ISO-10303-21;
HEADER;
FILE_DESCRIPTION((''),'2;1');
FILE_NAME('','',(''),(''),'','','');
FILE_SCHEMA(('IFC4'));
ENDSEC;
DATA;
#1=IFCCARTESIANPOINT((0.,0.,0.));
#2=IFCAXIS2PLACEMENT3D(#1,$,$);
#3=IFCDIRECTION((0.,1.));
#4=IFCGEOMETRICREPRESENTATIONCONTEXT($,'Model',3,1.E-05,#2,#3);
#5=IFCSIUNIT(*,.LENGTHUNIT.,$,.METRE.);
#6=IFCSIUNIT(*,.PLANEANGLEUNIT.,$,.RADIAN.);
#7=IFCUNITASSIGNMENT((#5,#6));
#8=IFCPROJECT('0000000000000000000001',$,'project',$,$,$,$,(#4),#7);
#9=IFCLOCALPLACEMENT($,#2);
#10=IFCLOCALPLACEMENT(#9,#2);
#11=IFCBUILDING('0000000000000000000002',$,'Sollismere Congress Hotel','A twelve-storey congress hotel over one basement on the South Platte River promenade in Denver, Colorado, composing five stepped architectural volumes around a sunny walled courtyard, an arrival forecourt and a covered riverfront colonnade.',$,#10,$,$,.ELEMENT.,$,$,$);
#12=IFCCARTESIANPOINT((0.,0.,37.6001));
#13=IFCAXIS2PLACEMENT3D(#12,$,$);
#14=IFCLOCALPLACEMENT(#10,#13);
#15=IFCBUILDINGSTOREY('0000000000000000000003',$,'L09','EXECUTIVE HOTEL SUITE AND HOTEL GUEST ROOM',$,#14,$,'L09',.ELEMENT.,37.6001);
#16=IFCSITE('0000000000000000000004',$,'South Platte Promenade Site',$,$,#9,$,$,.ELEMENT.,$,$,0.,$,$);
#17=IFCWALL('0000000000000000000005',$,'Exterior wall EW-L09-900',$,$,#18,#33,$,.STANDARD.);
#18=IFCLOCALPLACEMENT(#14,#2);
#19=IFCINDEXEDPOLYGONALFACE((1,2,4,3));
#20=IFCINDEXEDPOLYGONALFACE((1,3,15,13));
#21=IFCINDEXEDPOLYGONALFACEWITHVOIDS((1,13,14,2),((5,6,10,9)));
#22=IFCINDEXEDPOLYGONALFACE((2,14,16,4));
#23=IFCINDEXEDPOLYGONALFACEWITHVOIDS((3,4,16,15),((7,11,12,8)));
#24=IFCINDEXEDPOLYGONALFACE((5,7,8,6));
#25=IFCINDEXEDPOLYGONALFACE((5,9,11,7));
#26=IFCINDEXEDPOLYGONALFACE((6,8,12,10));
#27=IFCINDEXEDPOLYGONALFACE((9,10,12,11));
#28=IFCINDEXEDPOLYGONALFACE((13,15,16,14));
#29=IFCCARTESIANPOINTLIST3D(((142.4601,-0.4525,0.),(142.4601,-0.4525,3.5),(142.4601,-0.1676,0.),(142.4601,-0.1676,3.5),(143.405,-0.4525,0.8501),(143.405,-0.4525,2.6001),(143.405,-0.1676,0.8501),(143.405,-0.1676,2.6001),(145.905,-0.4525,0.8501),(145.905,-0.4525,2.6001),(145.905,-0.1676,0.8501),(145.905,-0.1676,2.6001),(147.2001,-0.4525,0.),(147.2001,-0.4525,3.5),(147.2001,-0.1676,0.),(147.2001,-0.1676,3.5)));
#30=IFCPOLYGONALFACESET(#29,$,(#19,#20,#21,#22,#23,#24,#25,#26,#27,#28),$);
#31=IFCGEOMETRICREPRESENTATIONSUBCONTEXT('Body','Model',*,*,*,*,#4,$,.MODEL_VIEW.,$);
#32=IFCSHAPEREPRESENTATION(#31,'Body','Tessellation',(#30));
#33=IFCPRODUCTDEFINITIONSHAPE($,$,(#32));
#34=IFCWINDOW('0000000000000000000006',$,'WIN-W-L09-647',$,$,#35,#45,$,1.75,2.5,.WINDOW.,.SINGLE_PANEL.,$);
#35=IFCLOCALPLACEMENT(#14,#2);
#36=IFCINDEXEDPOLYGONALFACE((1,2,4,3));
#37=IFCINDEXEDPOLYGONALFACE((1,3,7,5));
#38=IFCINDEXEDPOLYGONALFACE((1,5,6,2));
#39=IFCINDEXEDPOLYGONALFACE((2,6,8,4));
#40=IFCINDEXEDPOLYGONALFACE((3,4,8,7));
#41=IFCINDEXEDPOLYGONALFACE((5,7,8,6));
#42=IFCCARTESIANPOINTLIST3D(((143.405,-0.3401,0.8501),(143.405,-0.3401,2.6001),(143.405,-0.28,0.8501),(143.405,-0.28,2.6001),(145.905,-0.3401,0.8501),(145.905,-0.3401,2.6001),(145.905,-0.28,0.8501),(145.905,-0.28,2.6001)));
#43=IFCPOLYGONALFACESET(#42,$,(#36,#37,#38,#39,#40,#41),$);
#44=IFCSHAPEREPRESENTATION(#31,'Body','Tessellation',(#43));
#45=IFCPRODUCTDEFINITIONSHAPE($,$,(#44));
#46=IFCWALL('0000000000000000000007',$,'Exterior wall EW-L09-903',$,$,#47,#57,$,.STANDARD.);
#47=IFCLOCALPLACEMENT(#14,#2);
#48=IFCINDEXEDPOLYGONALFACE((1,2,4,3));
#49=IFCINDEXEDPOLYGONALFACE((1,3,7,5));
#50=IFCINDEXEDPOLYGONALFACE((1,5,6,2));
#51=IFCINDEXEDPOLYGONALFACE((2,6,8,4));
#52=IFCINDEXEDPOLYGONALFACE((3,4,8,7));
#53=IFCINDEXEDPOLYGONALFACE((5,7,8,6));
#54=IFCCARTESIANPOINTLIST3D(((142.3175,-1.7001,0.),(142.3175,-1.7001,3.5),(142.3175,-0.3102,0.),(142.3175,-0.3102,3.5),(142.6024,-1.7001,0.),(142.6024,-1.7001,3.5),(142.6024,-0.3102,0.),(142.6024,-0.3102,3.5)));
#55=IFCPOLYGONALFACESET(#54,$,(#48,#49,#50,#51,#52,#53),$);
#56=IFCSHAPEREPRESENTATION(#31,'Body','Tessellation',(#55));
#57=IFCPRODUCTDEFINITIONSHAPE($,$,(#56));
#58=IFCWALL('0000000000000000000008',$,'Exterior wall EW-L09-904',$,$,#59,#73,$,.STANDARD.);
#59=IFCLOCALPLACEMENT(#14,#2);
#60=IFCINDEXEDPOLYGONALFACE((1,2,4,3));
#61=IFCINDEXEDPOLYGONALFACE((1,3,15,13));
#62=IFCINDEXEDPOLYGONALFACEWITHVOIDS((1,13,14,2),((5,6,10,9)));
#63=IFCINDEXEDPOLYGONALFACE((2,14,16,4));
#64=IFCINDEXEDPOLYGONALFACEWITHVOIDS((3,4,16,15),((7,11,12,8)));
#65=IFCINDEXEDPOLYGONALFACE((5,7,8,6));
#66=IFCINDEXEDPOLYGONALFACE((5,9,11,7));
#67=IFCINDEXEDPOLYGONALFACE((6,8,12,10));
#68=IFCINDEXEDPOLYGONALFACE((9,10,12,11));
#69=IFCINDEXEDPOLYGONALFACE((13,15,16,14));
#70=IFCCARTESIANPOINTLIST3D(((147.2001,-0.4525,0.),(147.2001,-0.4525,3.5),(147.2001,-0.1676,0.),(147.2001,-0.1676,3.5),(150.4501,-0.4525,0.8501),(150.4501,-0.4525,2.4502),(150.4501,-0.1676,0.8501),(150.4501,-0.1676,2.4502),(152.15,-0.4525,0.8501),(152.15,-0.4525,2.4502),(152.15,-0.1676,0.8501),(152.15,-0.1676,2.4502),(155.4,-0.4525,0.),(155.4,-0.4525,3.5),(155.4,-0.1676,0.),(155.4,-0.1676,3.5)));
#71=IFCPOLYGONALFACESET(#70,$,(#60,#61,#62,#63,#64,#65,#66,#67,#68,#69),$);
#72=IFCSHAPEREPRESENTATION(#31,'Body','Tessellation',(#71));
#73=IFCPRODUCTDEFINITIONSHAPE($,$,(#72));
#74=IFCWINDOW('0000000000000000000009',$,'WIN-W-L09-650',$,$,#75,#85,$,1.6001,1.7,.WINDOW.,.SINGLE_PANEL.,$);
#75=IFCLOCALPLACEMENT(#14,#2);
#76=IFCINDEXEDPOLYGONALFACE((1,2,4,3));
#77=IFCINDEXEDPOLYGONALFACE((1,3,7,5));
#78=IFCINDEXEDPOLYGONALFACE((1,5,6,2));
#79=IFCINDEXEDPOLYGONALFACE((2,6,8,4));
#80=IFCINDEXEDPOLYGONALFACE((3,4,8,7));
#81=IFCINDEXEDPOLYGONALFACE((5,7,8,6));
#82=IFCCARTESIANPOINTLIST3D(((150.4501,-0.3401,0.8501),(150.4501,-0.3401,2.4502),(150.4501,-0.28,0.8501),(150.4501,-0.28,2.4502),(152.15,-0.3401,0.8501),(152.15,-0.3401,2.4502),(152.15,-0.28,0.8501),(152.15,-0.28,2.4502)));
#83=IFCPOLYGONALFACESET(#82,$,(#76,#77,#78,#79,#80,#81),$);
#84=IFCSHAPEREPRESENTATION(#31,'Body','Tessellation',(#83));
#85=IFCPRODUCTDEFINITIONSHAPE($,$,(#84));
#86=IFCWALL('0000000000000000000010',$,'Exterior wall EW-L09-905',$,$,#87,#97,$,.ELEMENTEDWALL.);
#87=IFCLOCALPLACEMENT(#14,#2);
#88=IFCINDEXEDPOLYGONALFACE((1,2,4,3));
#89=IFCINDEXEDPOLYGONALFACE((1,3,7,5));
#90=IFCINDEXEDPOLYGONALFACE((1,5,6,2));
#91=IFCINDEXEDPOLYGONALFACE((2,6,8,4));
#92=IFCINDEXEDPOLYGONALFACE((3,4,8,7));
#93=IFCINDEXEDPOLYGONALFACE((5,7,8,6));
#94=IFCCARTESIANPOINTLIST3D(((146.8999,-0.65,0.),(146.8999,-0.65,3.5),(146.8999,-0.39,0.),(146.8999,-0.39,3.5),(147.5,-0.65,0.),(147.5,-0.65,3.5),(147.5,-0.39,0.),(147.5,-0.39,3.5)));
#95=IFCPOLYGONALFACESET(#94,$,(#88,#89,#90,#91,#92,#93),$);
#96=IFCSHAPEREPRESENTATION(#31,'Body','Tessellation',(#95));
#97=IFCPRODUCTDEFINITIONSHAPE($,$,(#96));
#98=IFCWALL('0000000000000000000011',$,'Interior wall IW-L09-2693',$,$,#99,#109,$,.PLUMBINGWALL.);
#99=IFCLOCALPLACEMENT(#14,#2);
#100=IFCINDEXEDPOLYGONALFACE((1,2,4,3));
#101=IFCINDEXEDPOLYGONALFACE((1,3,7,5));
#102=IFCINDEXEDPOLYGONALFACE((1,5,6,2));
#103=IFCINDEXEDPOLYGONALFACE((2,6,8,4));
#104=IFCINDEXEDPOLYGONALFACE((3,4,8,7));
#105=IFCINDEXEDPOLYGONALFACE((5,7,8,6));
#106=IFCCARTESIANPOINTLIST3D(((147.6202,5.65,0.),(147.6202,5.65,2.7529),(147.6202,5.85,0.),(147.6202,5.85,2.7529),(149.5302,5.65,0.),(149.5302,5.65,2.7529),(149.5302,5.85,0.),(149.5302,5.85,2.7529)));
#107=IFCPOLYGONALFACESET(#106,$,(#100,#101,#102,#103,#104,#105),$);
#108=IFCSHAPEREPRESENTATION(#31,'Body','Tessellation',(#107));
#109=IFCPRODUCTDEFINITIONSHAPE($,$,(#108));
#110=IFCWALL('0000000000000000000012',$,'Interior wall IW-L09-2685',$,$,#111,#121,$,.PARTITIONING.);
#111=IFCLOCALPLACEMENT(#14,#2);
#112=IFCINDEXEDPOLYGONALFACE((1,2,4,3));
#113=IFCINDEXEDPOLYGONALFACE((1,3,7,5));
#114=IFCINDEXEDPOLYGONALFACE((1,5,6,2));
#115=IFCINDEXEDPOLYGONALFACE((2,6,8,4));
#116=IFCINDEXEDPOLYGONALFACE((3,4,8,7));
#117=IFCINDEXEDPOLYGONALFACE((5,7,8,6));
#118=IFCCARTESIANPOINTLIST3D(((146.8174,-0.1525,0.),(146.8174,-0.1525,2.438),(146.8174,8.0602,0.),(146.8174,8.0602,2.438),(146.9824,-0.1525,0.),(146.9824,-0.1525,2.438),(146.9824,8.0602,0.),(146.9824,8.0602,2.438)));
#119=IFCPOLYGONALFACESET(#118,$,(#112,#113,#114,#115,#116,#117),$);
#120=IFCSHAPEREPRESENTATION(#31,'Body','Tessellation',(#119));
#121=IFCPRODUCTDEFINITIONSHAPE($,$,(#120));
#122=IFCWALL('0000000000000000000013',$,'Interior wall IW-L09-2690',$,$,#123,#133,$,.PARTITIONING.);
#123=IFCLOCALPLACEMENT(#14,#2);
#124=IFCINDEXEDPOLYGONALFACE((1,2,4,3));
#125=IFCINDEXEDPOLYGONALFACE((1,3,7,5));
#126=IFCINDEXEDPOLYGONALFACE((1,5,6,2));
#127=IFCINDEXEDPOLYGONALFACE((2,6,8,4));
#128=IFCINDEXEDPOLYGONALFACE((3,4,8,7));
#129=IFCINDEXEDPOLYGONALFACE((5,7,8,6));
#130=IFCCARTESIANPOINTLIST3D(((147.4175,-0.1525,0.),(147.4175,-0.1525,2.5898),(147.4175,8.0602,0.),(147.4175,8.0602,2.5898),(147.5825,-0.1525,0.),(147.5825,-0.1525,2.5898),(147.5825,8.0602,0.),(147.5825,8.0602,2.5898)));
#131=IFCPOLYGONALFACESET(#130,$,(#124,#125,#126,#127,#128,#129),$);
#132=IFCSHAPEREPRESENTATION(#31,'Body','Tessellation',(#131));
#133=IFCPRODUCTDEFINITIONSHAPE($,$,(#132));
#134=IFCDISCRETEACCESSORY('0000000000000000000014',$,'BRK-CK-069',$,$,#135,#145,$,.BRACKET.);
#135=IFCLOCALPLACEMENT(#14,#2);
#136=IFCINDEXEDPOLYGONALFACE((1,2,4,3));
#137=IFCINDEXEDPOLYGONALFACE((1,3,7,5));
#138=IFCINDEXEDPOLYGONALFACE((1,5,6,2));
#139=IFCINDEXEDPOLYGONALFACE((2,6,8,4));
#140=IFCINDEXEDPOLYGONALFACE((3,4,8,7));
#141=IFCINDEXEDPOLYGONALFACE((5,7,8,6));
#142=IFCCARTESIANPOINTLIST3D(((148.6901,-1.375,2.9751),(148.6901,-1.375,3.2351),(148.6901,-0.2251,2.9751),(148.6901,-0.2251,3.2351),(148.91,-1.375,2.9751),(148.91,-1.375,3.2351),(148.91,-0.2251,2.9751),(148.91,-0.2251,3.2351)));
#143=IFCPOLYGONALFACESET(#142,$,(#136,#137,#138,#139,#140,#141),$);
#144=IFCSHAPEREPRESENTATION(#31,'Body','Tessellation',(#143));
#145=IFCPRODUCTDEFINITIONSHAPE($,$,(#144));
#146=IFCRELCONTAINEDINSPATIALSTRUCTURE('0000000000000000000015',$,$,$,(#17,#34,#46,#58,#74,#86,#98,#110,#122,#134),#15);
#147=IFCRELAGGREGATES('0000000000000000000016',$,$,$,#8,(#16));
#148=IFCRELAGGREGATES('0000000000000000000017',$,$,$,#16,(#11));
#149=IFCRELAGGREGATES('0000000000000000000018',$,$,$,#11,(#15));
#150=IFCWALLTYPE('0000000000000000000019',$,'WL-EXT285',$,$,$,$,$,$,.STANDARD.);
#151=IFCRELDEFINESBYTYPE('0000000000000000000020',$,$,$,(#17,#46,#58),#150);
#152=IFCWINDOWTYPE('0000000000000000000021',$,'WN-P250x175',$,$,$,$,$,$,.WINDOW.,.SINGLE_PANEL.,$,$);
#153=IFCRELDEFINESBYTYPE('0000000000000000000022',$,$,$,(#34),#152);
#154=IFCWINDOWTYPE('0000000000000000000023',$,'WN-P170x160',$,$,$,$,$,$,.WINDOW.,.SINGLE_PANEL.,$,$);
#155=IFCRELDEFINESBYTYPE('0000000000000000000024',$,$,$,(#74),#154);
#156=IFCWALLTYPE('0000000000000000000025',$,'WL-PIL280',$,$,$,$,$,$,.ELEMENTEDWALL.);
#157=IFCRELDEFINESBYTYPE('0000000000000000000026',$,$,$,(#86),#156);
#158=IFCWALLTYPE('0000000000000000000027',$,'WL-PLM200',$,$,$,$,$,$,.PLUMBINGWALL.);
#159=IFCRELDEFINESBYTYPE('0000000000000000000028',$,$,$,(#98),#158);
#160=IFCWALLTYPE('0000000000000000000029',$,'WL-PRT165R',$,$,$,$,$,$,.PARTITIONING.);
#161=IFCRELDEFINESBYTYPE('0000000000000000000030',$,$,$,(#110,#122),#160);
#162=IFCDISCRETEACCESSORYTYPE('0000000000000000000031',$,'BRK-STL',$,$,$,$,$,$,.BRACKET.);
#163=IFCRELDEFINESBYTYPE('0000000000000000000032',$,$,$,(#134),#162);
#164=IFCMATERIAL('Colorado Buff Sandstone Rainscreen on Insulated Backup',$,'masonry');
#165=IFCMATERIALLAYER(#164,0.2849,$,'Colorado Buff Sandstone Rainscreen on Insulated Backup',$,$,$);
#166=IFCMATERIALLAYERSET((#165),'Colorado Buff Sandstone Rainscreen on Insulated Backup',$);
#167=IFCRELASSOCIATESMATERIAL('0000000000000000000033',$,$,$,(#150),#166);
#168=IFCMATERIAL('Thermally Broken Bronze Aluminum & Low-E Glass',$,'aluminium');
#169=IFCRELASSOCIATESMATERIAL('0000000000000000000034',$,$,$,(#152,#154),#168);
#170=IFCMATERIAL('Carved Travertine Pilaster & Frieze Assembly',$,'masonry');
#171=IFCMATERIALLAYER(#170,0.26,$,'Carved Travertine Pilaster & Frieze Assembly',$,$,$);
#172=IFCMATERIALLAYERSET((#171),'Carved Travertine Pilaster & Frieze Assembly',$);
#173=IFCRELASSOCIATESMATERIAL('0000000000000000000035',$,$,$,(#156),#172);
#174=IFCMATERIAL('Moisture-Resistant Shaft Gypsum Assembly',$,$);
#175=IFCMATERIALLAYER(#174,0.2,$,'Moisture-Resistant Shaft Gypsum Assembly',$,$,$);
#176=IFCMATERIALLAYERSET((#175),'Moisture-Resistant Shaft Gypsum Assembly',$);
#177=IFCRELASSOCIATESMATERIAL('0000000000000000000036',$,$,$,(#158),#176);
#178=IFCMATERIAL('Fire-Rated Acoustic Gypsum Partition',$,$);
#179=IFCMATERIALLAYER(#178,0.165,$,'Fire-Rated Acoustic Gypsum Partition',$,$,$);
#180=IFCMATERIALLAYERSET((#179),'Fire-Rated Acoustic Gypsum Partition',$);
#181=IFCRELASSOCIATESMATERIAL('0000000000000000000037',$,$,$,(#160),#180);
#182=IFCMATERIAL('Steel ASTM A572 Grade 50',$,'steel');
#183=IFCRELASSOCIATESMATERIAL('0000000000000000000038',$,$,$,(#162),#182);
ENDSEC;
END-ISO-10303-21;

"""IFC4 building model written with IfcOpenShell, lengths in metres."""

from ifc_helpers import new_model, si_unit, direction, frame, frame_2d, origin, origin_2d, place, context, subcontext, project, spatial, rectangle, extrude, material, layer, layer_set, type_object, element, fill, save


model = new_model("IFC4")

# Units and contexts
model_context = context("Model", 3, precision=1e-05, world=origin(), true_north=direction((0.0, 1.0)))
body_context = subcontext(model_context, "Body", "Model", "MODEL_VIEW")
ifc_project = project(units=[si_unit("LENGTHUNIT", "METRE"), si_unit("PLANEANGLEUNIT", "RADIAN")], contexts=[model_context])

# Site, building, storey
site_placement = place(None, origin())
site = spatial("IfcSite", under=ifc_project, at=site_placement, Name="South Platte Promenade Site", CompositionType="ELEMENT", RefElevation=0.0)
building_placement = place(site_placement, origin())
building = spatial("IfcBuilding", under=site, at=building_placement, Name="Sollismere Congress Hotel", Description="A twelve-storey congress hotel over one basement on the South Platte River promenade in Denver, Colorado, composing five stepped architectural volumes around a sunny walled courtyard, an arrival forecourt and a covered riverfront colonnade.", CompositionType="ELEMENT")
storey_placement = place(building_placement, frame((0.0, 0.0, 37.6001)))
storey = spatial("IfcBuildingStorey", under=building, at=storey_placement, Name="L09", Description="EXECUTIVE HOTEL SUITE AND HOTEL GUEST ROOM", LongName="L09", CompositionType="ELEMENT", Elevation=37.6001)

# Wall, opening, window
ifc_material_1 = material(Name="Colorado Buff Sandstone Rainscreen on Insulated Backup", Category="masonry")
ifc_layer_1 = layer(ifc_material_1, 0.2849, Name="Colorado Buff Sandstone Rainscreen on Insulated Backup")
ifc_layer_set_1 = layer_set([ifc_layer_1], Name="Colorado Buff Sandstone Rainscreen on Insulated Backup")
wall_type_1 = type_object("IfcWallType", Name="WL-EXT285", PredefinedType="STANDARD", material=ifc_layer_set_1)
wall_1_placement = place(storey_placement, frame((142.46, -0.3101, 0.0), z_axis=(0.0, 0.0, 1.0), x_axis=(1.0, 0.0, 0.0)))
wall_1 = element("IfcWall", 1, at=wall_1_placement, inside=storey, type_object=wall_type_1, Name="Exterior wall EW-L09-900", PredefinedType="STANDARD", context=body_context, shape_type="SweptSolid", body=[
    extrude(rectangle(XDim=4.74, YDim=0.2849, at=frame_2d((2.3701, 0.0))), origin(), (0.0, 0.0, 1.0), 3.5),
])
opening_1_placement = place(wall_1_placement, frame((0.9451, 0.0, 0.8501)))
opening_1 = element("IfcOpeningElement", 2, at=opening_1_placement, cuts=wall_1, PredefinedType="OPENING", context=body_context, shape_type="SweptSolid", body=[
    extrude(rectangle(XDim=2.5, YDim=1.75, at=frame_2d((1.25, 0.875))), frame((0.0, 0.1523, 0.0), z_axis=(0.0, -1.0, 0.0), x_axis=(1.0, 0.0, 0.0)), (0.0, 0.0, 1.0), 0.3049),
])
ifc_material_2 = material(Name="Thermally Broken Bronze Aluminum & Low-E Glass", Category="aluminium")
window_type_1 = type_object("IfcWindowType", Name="WN-P250x175", PartitioningType="SINGLE_PANEL", PredefinedType="WINDOW", material=ifc_material_2)
window_1_placement = place(opening_1_placement, origin())
window_1 = element("IfcWindow", 3, at=window_1_placement, inside=storey, type_object=window_type_1, Name="WIN-W-L09-647", OverallHeight=1.75, OverallWidth=2.5, PartitioningType="SINGLE_PANEL", PredefinedType="WINDOW", context=body_context, shape_type="SweptSolid", body=[
    extrude(rectangle(XDim=2.5, YDim=1.75, at=frame_2d((1.25, 0.875))), frame((0.0, 0.03, 0.0), z_axis=(0.0, -1.0, 0.0), x_axis=(1.0, 0.0, 0.0)), (0.0, 0.0, 1.0), 0.0601),
])
fill(opening_1, window_1)

# Wall
wall_2_placement = place(storey_placement, frame((142.46, -1.7, 0.0), z_axis=(0.0, 0.0, 1.0), x_axis=(0.0, 1.0, 0.0)))
element("IfcWall", 4, at=wall_2_placement, inside=storey, type_object=wall_type_1, Name="Exterior wall EW-L09-903", PredefinedType="STANDARD", context=body_context, shape_type="SweptSolid", body=[
    extrude(rectangle(XDim=1.3899, YDim=0.2849, at=frame_2d((0.6948, 0.0))), origin(), (0.0, 0.0, 1.0), 3.5),
])

# Wall, opening, window
wall_3_placement = place(storey_placement, frame((147.2, -0.3101, 0.0), z_axis=(0.0, 0.0, 1.0), x_axis=(1.0, 0.0, 0.0)))
wall_3 = element("IfcWall", 5, at=wall_3_placement, inside=storey, type_object=wall_type_1, Name="Exterior wall EW-L09-904", PredefinedType="STANDARD", context=body_context, shape_type="SweptSolid", body=[
    extrude(rectangle(XDim=8.2, YDim=0.2849, at=frame_2d((4.1001, 0.0))), origin(), (0.0, 0.0, 1.0), 3.5),
])
opening_2_placement = place(wall_3_placement, frame((3.25, 0.0, 0.8501)))
opening_2 = element("IfcOpeningElement", 6, at=opening_2_placement, cuts=wall_3, PredefinedType="OPENING", context=body_context, shape_type="SweptSolid", body=[
    extrude(rectangle(XDim=1.7, YDim=1.6001, at=frame_2d((0.8501, 0.8))), frame((0.0, 0.1523, 0.0), z_axis=(0.0, -1.0, 0.0), x_axis=(1.0, 0.0, 0.0)), (0.0, 0.0, 1.0), 0.3049),
])
window_type_2 = type_object("IfcWindowType", Name="WN-P170x160", PartitioningType="SINGLE_PANEL", PredefinedType="WINDOW", material=ifc_material_2)
window_2_placement = place(opening_2_placement, origin())
window_2 = element("IfcWindow", 7, at=window_2_placement, inside=storey, type_object=window_type_2, Name="WIN-W-L09-650", OverallHeight=1.6001, OverallWidth=1.7, PartitioningType="SINGLE_PANEL", PredefinedType="WINDOW", context=body_context, shape_type="SweptSolid", body=[
    extrude(rectangle(XDim=1.7, YDim=1.6001, at=frame_2d((0.8501, 0.8))), frame((0.0, 0.03, 0.0), z_axis=(0.0, -1.0, 0.0), x_axis=(1.0, 0.0, 0.0)), (0.0, 0.0, 1.0), 0.0601),
])
fill(opening_2, window_2)

# Walls
ifc_material_3 = material(Name="Carved Travertine Pilaster & Frieze Assembly", Category="masonry")
ifc_layer_2 = layer(ifc_material_3, 0.26, Name="Carved Travertine Pilaster & Frieze Assembly")
ifc_layer_set_2 = layer_set([ifc_layer_2], Name="Carved Travertine Pilaster & Frieze Assembly")
wall_type_2 = type_object("IfcWallType", Name="WL-PIL280", PredefinedType="ELEMENTEDWALL", material=ifc_layer_set_2)
wall_4_placement = place(storey_placement, frame((146.8999, -0.52, 0.0), z_axis=(0.0, 0.0, 1.0), x_axis=(1.0, 0.0, 0.0)))
element("IfcWall", 8, at=wall_4_placement, inside=storey, type_object=wall_type_2, Name="Exterior wall EW-L09-905", PredefinedType="ELEMENTEDWALL", context=body_context, shape_type="SweptSolid", body=[
    extrude(rectangle(XDim=0.6001, YDim=0.26, at=frame_2d((0.3, 0.0))), origin(), (0.0, 0.0, 1.0), 3.5),
])
ifc_material_4 = material(Name="Moisture-Resistant Shaft Gypsum Assembly")
ifc_layer_3 = layer(ifc_material_4, 0.2, Name="Moisture-Resistant Shaft Gypsum Assembly")
ifc_layer_set_3 = layer_set([ifc_layer_3], Name="Moisture-Resistant Shaft Gypsum Assembly")
wall_type_3 = type_object("IfcWallType", Name="WL-PLM200", PredefinedType="PLUMBINGWALL", material=ifc_layer_set_3)
wall_5_placement = place(storey_placement, frame((147.6201, 5.75, 0.0), z_axis=(0.0, 0.0, 1.0), x_axis=(1.0, 0.0, 0.0)))
element("IfcWall", 9, at=wall_5_placement, inside=storey, type_object=wall_type_3, Name="Interior wall IW-L09-2693", PredefinedType="PLUMBINGWALL", context=body_context, shape_type="SweptSolid", body=[
    extrude(rectangle(XDim=1.9099, YDim=0.2, at=frame_2d((0.9551, 0.0))), origin(), (0.0, 0.0, 1.0), 2.7529),
])
ifc_material_5 = material(Name="Fire-Rated Acoustic Gypsum Partition")
ifc_layer_4 = layer(ifc_material_5, 0.165, Name="Fire-Rated Acoustic Gypsum Partition")
ifc_layer_set_4 = layer_set([ifc_layer_4], Name="Fire-Rated Acoustic Gypsum Partition")
wall_type_4 = type_object("IfcWallType", Name="WL-PRT165R", PredefinedType="PARTITIONING", material=ifc_layer_set_4)
wall_6_placement = place(storey_placement, frame((146.8999, -0.1526, 0.0), z_axis=(0.0, 0.0, 1.0), x_axis=(0.0, 1.0, 0.0)))
element("IfcWall", 10, at=wall_6_placement, inside=storey, type_object=wall_type_4, Name="Interior wall IW-L09-2685", PredefinedType="PARTITIONING", context=body_context, shape_type="SweptSolid", body=[
    extrude(rectangle(XDim=8.2126, YDim=0.165, at=frame_2d((4.1064, 0.0))), origin(), (0.0, 0.0, 1.0), 2.438),
])
wall_7_placement = place(storey_placement, frame((147.5, -0.1526, 0.0), z_axis=(0.0, 0.0, 1.0), x_axis=(0.0, 1.0, 0.0)))
element("IfcWall", 11, at=wall_7_placement, inside=storey, type_object=wall_type_4, Name="Interior wall IW-L09-2690", PredefinedType="PARTITIONING", context=body_context, shape_type="SweptSolid", body=[
    extrude(rectangle(XDim=8.2126, YDim=0.165, at=frame_2d((4.1064, 0.0))), origin(), (0.0, 0.0, 1.0), 2.5898),
])

# Discrete accessory
ifc_material_6 = material(Name="Steel ASTM A572 Grade 50", Category="steel")
discrete_accessory_type = type_object("IfcDiscreteAccessoryType", Name="BRK-STL", PredefinedType="BRACKET", material=ifc_material_6)
discrete_accessory_placement = place(storey_placement, frame((148.8, -0.8, 2.9751), z_axis=(0.0, 0.0, 1.0), x_axis=(1.0, 0.0, 0.0)))
element("IfcDiscreteAccessory", 12, at=discrete_accessory_placement, inside=storey, type_object=discrete_accessory_type, Name="BRK-CK-069", PredefinedType="BRACKET", context=body_context, shape_type="SweptSolid", body=[
    extrude(rectangle(XDim=0.22, YDim=1.1499, at=origin_2d()), origin(), (0.0, 0.0, 1.0), 0.26),
])

save(model, "model.ifc")
